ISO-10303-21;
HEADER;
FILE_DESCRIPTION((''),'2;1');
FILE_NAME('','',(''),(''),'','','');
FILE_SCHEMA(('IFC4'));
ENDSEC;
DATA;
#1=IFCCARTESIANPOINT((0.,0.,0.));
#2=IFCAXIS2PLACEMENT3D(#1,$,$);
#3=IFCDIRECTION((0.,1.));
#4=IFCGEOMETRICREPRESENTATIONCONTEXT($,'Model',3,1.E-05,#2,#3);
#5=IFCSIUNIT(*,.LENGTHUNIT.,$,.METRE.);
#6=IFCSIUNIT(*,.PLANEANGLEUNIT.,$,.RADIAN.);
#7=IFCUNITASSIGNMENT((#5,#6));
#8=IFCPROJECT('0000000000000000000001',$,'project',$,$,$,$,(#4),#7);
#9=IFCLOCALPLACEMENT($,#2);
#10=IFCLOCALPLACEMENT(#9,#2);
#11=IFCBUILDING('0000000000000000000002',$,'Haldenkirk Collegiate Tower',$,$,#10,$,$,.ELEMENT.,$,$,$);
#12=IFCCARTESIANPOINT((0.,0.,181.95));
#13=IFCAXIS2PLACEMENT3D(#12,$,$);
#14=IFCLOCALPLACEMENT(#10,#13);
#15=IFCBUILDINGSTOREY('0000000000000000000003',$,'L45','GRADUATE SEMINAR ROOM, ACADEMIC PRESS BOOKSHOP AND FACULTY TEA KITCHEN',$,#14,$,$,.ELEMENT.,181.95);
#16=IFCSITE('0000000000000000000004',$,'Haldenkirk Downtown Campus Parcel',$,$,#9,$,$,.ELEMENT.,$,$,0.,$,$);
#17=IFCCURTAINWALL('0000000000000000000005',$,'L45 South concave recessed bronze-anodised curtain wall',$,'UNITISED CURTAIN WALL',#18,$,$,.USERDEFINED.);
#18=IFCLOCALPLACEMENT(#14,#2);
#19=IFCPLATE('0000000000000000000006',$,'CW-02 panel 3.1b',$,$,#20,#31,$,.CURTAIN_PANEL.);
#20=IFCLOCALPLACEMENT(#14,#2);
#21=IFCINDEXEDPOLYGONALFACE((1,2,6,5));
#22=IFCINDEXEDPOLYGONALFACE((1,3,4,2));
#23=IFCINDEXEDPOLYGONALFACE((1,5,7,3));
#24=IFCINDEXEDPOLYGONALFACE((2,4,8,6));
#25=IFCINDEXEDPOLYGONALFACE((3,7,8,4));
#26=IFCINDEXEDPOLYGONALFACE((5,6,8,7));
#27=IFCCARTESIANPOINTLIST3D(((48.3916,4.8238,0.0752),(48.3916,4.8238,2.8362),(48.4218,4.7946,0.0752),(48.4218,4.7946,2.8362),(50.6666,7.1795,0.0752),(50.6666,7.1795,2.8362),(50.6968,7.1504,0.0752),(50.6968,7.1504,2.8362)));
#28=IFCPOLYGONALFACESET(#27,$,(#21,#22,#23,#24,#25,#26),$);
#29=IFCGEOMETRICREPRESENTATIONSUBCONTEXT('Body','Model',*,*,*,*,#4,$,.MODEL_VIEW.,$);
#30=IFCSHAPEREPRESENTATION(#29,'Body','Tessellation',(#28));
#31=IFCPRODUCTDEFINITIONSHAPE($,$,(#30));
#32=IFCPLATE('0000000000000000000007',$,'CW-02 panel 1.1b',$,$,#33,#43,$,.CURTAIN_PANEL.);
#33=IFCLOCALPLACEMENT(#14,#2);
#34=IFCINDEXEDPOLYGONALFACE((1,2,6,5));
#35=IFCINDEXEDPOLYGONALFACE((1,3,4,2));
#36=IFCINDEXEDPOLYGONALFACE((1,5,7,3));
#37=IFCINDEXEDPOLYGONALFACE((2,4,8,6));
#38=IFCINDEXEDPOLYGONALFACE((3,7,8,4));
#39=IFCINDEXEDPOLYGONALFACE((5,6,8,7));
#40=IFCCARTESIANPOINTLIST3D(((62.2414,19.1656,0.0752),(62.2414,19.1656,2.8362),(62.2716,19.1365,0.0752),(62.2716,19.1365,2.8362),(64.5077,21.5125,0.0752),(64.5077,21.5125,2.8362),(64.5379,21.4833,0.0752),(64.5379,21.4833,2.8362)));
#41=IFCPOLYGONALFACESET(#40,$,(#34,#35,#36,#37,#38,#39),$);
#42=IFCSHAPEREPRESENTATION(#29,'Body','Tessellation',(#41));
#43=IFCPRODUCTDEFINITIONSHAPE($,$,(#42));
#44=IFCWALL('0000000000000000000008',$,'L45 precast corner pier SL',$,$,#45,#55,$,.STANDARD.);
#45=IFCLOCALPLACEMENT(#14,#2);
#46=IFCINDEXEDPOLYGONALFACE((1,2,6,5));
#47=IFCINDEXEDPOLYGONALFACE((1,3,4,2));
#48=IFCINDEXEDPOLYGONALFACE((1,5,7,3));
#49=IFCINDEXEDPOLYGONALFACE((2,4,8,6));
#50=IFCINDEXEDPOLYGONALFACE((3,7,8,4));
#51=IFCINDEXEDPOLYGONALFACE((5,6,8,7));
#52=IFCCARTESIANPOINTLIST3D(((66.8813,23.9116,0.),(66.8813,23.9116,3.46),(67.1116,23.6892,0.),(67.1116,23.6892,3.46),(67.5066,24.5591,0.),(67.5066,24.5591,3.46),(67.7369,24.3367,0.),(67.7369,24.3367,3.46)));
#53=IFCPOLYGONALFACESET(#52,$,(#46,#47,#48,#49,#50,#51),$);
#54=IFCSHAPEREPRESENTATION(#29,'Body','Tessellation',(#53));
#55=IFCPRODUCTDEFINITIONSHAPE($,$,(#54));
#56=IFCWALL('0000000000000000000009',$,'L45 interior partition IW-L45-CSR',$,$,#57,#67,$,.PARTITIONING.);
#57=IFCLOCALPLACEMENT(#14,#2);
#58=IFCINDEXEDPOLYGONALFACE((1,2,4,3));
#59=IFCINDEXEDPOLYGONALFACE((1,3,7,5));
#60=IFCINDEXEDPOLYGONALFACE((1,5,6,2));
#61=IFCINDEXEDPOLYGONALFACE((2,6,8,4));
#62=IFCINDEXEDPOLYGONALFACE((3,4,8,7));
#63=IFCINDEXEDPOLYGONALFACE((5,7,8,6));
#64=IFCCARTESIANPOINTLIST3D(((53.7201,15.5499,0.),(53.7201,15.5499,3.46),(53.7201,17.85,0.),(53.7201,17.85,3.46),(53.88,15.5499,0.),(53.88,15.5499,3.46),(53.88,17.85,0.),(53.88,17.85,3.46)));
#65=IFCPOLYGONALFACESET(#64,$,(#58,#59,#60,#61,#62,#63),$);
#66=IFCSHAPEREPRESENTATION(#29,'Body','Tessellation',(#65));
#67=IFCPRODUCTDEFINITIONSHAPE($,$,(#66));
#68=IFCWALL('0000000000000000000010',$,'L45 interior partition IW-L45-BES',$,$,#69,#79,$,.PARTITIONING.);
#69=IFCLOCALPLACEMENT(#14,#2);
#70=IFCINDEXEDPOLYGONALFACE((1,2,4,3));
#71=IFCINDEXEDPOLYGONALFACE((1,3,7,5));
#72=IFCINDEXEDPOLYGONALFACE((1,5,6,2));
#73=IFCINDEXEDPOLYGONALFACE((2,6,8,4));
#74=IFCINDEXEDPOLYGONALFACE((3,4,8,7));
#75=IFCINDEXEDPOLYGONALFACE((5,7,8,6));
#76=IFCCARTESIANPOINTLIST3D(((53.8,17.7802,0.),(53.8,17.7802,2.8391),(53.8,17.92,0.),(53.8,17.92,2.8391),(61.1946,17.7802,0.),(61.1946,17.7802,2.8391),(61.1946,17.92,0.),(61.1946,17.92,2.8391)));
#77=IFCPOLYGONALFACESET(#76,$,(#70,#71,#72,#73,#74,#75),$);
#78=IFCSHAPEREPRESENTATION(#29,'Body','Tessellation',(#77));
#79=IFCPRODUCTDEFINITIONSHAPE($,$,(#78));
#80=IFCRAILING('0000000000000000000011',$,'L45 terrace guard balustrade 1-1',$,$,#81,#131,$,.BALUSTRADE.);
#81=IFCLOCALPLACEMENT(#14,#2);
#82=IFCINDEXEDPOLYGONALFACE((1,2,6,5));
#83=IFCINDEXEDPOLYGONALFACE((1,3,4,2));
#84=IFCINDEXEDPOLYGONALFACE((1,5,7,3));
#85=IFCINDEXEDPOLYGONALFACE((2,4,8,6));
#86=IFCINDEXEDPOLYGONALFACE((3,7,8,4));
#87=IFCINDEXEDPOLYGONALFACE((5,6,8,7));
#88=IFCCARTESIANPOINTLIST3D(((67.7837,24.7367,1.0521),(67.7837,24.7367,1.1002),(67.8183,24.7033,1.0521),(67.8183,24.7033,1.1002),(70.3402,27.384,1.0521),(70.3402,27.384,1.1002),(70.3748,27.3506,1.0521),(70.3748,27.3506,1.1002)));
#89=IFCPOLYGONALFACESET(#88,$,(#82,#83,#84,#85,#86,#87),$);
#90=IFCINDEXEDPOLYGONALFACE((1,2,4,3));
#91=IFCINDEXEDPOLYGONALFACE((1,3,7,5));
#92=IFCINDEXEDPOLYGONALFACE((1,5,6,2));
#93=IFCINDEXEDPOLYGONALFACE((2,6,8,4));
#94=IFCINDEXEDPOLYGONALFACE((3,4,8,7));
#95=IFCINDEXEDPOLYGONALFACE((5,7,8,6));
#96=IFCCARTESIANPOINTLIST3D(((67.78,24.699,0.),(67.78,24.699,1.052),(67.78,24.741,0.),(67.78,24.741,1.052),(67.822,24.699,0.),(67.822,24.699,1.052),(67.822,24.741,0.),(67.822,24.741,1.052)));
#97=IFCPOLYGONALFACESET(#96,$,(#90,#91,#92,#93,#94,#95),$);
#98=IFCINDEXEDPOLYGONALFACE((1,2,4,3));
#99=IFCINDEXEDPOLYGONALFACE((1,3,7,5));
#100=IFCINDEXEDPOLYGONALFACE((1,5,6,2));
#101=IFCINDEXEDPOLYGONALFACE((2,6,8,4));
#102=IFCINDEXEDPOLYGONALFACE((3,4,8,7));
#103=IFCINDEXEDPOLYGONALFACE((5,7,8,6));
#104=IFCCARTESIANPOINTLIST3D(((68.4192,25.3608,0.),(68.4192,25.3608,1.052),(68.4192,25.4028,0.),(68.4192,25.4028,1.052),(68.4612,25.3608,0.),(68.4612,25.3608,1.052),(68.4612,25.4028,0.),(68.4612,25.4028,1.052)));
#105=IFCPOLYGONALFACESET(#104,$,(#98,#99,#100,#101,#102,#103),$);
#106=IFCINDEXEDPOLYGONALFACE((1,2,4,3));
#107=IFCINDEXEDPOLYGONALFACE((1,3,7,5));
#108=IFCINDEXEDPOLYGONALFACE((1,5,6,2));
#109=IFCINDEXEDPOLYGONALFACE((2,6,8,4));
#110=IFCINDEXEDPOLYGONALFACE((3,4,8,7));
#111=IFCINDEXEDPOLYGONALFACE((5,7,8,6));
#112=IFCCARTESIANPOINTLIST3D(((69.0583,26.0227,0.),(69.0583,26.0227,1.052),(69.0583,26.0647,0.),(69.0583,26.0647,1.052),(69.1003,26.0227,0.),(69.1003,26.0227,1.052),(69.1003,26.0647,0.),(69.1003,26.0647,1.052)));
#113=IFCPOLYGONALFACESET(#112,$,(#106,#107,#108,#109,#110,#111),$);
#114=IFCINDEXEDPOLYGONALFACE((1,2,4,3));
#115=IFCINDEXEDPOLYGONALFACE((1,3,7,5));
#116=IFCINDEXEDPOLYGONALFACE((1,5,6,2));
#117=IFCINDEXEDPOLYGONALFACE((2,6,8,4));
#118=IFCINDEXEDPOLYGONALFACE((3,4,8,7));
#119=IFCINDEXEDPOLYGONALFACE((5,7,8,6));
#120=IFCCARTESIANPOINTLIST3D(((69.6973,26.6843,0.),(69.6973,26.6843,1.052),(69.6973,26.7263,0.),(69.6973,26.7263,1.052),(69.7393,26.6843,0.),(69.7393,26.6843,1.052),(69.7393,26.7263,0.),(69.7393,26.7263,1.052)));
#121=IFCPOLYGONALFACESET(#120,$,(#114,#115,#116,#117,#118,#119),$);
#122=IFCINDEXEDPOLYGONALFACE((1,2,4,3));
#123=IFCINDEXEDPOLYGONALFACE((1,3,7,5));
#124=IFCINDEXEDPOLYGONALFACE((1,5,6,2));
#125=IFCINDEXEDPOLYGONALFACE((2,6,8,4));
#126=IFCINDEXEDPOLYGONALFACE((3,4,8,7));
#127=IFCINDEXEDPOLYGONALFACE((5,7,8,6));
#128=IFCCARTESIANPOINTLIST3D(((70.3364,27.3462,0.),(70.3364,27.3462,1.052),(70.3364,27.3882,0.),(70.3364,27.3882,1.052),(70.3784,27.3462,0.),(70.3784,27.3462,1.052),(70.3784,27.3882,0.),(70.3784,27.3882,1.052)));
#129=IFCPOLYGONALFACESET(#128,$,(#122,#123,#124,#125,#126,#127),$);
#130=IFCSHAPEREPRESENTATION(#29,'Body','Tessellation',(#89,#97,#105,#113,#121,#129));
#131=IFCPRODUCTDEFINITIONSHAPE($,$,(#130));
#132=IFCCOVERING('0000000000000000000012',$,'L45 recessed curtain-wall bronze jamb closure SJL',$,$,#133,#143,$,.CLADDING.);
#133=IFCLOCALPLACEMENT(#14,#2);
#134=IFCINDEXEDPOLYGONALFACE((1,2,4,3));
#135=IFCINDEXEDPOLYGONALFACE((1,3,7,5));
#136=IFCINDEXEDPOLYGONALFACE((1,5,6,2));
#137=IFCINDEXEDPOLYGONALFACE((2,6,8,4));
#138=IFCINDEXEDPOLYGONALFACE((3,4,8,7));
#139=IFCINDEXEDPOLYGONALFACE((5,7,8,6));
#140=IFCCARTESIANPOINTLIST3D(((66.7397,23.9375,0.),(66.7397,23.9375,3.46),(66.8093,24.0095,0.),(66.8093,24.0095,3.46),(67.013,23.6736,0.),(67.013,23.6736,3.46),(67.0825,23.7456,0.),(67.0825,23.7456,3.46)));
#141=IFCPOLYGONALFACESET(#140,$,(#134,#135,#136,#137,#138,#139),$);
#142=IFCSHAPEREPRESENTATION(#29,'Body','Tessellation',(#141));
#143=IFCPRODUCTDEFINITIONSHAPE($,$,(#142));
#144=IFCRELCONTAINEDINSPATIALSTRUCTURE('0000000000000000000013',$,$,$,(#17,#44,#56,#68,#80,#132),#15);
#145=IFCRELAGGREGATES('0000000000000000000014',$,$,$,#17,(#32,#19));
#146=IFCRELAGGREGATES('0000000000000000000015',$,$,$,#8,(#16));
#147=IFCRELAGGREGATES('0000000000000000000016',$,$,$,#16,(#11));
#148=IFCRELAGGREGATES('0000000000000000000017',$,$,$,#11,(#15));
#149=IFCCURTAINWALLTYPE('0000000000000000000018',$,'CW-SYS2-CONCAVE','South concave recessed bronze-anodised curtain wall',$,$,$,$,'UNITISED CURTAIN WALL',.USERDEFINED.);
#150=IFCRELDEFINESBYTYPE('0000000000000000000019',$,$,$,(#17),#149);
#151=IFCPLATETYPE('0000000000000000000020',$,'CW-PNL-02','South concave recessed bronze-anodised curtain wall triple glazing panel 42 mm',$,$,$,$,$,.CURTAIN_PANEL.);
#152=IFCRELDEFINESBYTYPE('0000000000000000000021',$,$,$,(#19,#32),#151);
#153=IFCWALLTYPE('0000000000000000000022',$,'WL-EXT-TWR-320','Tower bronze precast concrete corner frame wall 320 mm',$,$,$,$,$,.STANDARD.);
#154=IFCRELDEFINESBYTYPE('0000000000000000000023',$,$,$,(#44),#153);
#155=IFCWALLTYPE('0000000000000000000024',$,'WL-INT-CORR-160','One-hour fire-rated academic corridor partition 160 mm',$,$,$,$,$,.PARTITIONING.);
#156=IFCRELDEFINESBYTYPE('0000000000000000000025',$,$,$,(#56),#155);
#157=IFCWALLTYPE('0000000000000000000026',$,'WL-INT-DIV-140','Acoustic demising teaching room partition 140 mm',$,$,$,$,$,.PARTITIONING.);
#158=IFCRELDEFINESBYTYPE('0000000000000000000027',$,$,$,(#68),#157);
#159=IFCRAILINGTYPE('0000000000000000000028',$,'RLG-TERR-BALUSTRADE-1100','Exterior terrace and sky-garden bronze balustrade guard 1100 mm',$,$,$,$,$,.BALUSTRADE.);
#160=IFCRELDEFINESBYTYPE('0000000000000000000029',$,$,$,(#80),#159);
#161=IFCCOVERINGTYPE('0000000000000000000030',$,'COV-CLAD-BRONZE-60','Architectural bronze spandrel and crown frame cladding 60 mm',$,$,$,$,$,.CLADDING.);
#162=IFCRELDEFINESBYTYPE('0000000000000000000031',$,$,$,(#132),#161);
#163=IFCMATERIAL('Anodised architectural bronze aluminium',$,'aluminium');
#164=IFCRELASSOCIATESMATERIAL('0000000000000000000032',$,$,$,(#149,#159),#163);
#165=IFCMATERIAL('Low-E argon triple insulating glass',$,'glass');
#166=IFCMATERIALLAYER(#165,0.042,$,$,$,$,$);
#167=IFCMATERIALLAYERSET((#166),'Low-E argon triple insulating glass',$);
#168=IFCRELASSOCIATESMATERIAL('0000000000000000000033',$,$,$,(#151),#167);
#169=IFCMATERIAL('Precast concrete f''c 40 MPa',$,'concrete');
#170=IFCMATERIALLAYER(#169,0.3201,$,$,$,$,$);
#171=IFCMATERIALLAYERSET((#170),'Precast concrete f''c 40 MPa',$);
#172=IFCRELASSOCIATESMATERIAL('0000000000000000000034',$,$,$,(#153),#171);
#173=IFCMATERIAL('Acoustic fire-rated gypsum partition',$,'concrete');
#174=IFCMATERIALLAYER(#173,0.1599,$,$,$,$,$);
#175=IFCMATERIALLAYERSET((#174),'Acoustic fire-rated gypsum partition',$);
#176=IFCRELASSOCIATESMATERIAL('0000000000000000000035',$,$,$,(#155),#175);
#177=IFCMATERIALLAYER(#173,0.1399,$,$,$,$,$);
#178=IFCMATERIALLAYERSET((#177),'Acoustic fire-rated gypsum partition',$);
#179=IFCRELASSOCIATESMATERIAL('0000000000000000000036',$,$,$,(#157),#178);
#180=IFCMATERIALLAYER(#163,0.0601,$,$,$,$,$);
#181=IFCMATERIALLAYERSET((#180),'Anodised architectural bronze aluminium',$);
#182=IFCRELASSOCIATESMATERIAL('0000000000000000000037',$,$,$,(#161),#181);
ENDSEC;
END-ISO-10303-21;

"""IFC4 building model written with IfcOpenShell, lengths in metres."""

from ifc_helpers import new_model, si_unit, direction, frame, frame_2d, origin, origin_2d, place, context, subcontext, project, spatial, rectangle, extrude, source, transform, mapped, material, layer, layer_set, type_object, element, aggregate, save


model = new_model("IFC4")

# Units and contexts
model_context = context("Model", 3, precision=1e-05, world=origin(), true_north=direction((0.0, 1.0)))
body_context = subcontext(model_context, "Body", "Model", "MODEL_VIEW")
ifc_project = project(units=[si_unit("LENGTHUNIT", "METRE"), si_unit("PLANEANGLEUNIT", "RADIAN")], contexts=[model_context])

# Site, building, storey
site_placement = place(None, origin())
site = spatial("IfcSite", under=ifc_project, at=site_placement, Name="Haldenkirk Downtown Campus Parcel", CompositionType="ELEMENT", RefElevation=0.0)
building_placement = place(site_placement, origin())
building = spatial("IfcBuilding", under=site, at=building_placement, Name="Haldenkirk Collegiate Tower", CompositionType="ELEMENT")
storey_placement = place(building_placement, frame((0.0, 0.0, 181.95)))
storey = spatial("IfcBuildingStorey", under=building, at=storey_placement, Name="L45", Description="GRADUATE SEMINAR ROOM, ACADEMIC PRESS BOOKSHOP AND FACULTY TEA KITCHEN", CompositionType="ELEMENT", Elevation=181.95)

# Curtain wall
ifc_material_1 = material(Name="Anodised architectural bronze aluminium", Category="aluminium")
curtain_wall_type = type_object("IfcCurtainWallType", Name="CW-SYS2-CONCAVE", Description="South concave recessed bronze-anodised curtain wall", ElementType="UNITISED CURTAIN WALL", PredefinedType="USERDEFINED", material=ifc_material_1)
curtain_wall_placement = place(storey_placement, origin())
curtain_wall = element("IfcCurtainWall", 1, at=curtain_wall_placement, inside=storey, type_object=curtain_wall_type, Name="L45 South concave recessed bronze-anodised curtain wall", ObjectType="UNITISED CURTAIN WALL", PredefinedType="USERDEFINED")

# Plates
ifc_material_2 = material(Name="Low-E argon triple insulating glass", Category="glass")
ifc_layer_1 = layer(ifc_material_2, 0.042)
ifc_layer_set_1 = layer_set([ifc_layer_1], Name="Low-E argon triple insulating glass")
plate_type_1 = type_object("IfcPlateType", Name="CW-PNL-02", Description="South concave recessed bronze-anodised curtain wall triple glazing panel 42 mm", PredefinedType="CURTAIN_PANEL", material=ifc_layer_set_1)
shared_shape_1 = source(origin(), body_context, "Body", "SweptSolid", [
    extrude(rectangle(XDim=3.2749, YDim=0.042, at=origin_2d()), origin(), (0.0, 0.0, 1.0), 2.761),
])
plate_1_placement = place(storey_placement, frame((49.5442, 5.9871, 0.0752), z_axis=(0.0, 0.0, 1.0), x_axis=(-0.694658, -0.71934, 0.0)))
plate_1 = element("IfcPlate", 2, at=plate_1_placement, type_object=plate_type_1, Name="CW-02 panel 3.1b", PredefinedType="CURTAIN_PANEL", context=body_context, shape_type="MappedRepresentation", body=[
    mapped(shared_shape_1, transform((0.0, 0.0, 0.0), x_axis=(1.0, 0.0, 0.0), y_axis=(0.0, 1.0, 0.0), z_axis=(0.0, 0.0, 1.0), scale=1.0)),
])
shared_shape_2 = source(origin(), body_context, "Body", "SweptSolid", [
    extrude(rectangle(XDim=3.2625, YDim=0.042, at=origin_2d()), origin(), (0.0, 0.0, 1.0), 2.761),
])
plate_2_placement = place(storey_placement, frame((63.3896, 20.3245, 0.0752), z_axis=(0.0, 0.0, 1.0), x_axis=(-0.694658, -0.71934, 0.0)))
plate_2 = element("IfcPlate", 3, at=plate_2_placement, type_object=plate_type_1, Name="CW-02 panel 1.1b", PredefinedType="CURTAIN_PANEL", context=body_context, shape_type="MappedRepresentation", body=[
    mapped(shared_shape_2, transform((0.0, 0.0, 0.0), x_axis=(1.0, 0.0, 0.0), y_axis=(0.0, 1.0, 0.0), z_axis=(0.0, 0.0, 1.0), scale=1.0)),
])
aggregate(curtain_wall, [plate_2, plate_1])

# Walls
ifc_material_3 = material(Name="Precast concrete f'c 40 MPa", Category="concrete")
ifc_layer_2 = layer(ifc_material_3, 0.3201)
ifc_layer_set_2 = layer_set([ifc_layer_2], Name="Precast concrete f'c 40 MPa")
wall_type_1 = type_object("IfcWallType", Name="WL-EXT-TWR-320", Description="Tower bronze precast concrete corner frame wall 320 mm", PredefinedType="STANDARD", material=ifc_layer_set_2)
wall_1_placement = place(storey_placement, frame((67.6218, 24.448, 0.0), z_axis=(0.0, 0.0, 1.0), x_axis=(-0.694657, -0.719341, 0.0)))
element("IfcWall", 4, at=wall_1_placement, inside=storey, type_object=wall_type_1, Name="L45 precast corner pier SL", PredefinedType="STANDARD", context=body_context, shape_type="SweptSolid", body=[
    extrude(rectangle(XDim=0.9001, YDim=0.3201, at=frame_2d((0.4502, 0.0))), origin(), (0.0, 0.0, 1.0), 3.46),
])
ifc_material_4 = material(Name="Acoustic fire-rated gypsum partition", Category="concrete")
ifc_layer_3 = layer(ifc_material_4, 0.1599)
ifc_layer_set_3 = layer_set([ifc_layer_3], Name="Acoustic fire-rated gypsum partition")
wall_type_2 = type_object("IfcWallType", Name="WL-INT-CORR-160", Description="One-hour fire-rated academic corridor partition 160 mm", PredefinedType="PARTITIONING", material=ifc_layer_set_3)
wall_2_placement = place(storey_placement, frame((53.8, 15.55, 0.0), z_axis=(0.0, 0.0, 1.0), x_axis=(0.0, 1.0, 0.0)))
element("IfcWall", 5, at=wall_2_placement, inside=storey, type_object=wall_type_2, Name="L45 interior partition IW-L45-CSR", PredefinedType="PARTITIONING", context=body_context, shape_type="SweptSolid", body=[
    extrude(rectangle(XDim=2.3, YDim=0.1599, at=frame_2d((1.1499, 0.0))), origin(), (0.0, 0.0, 1.0), 3.46),
])
ifc_layer_4 = layer(ifc_material_4, 0.1399)
ifc_layer_set_4 = layer_set([ifc_layer_4], Name="Acoustic fire-rated gypsum partition")
wall_type_3 = type_object("IfcWallType", Name="WL-INT-DIV-140", Description="Acoustic demising teaching room partition 140 mm", PredefinedType="PARTITIONING", material=ifc_layer_set_4)
wall_3_placement = place(storey_placement, frame((53.8, 17.8501, 0.0), z_axis=(0.0, 0.0, 1.0), x_axis=(1.0, 0.0, 0.0)))
element("IfcWall", 6, at=wall_3_placement, inside=storey, type_object=wall_type_3, Name="L45 interior partition IW-L45-BES", PredefinedType="PARTITIONING", context=body_context, shape_type="SweptSolid", body=[
    extrude(rectangle(XDim=7.3945, YDim=0.1399, at=frame_2d((3.6973, 0.0))), origin(), (0.0, 0.0, 1.0), 2.8391),
])

# Railing
railing_type = type_object("IfcRailingType", Name="RLG-TERR-BALUSTRADE-1100", Description="Exterior terrace and sky-garden bronze balustrade guard 1100 mm", PredefinedType="BALUSTRADE", material=ifc_material_1)
railing_placement = place(storey_placement, frame((67.801, 24.72, 0.0)))
element("IfcRailing", 7, at=railing_placement, inside=storey, type_object=railing_type, Name="L45 terrace guard balustrade 1-1", PredefinedType="BALUSTRADE", context=body_context, shape_type="SweptSolid", body=[
    extrude(rectangle(XDim=0.0481, YDim=0.0481, at=origin_2d()), frame((0.0, 0.0, 1.0762), z_axis=(0.69466, 0.719339, 0.0), x_axis=(-0.719339, 0.69466, 0.0)), (0.0, 0.0, 1.0), 3.6802),
    extrude(rectangle(XDim=0.042, YDim=0.042, at=origin_2d()), origin(), (0.0, 0.0, 1.0), 1.052),
    extrude(rectangle(XDim=0.042, YDim=0.042, at=origin_2d()), frame((0.6392, 0.6619, 0.0)), (0.0, 0.0, 1.0), 1.052),
    extrude(rectangle(XDim=0.042, YDim=0.042, at=origin_2d()), frame((1.2783, 1.3237, 0.0)), (0.0, 0.0, 1.0), 1.052),
    extrude(rectangle(XDim=0.042, YDim=0.042, at=origin_2d()), frame((1.9172, 1.9854, 0.0)), (0.0, 0.0, 1.0), 1.052),
    extrude(rectangle(XDim=0.042, YDim=0.042, at=origin_2d()), frame((2.5564, 2.6472, 0.0)), (0.0, 0.0, 1.0), 1.052),
])

# Covering
ifc_layer_5 = layer(ifc_material_1, 0.0601)
ifc_layer_set_5 = layer_set([ifc_layer_5], Name="Anodised architectural bronze aluminium")
covering_type = type_object("IfcCoveringType", Name="COV-CLAD-BRONZE-60", Description="Architectural bronze spandrel and crown frame cladding 60 mm", PredefinedType="CLADDING", material=ifc_layer_set_5)
shared_shape_3 = source(origin(), body_context, "Body", "SweptSolid", [
    extrude(rectangle(XDim=0.1001, YDim=0.3799, at=origin_2d()), origin(), (0.0, 0.0, 1.0), 3.46),
])
covering_placement = place(storey_placement, frame((66.9111, 23.8416, 0.0), z_axis=(0.0, 0.0, 1.0), x_axis=(-0.694658, -0.71934, 0.0)))
element("IfcCovering", 8, at=covering_placement, inside=storey, type_object=covering_type, Name="L45 recessed curtain-wall bronze jamb closure SJL", PredefinedType="CLADDING", context=body_context, shape_type="MappedRepresentation", body=[
    mapped(shared_shape_3, transform((0.0, 0.0, 0.0), x_axis=(1.0, 0.0, 0.0), y_axis=(0.0, 1.0, 0.0), z_axis=(0.0, 0.0, 1.0), scale=1.0)),
])

save(model, "model.ifc")
